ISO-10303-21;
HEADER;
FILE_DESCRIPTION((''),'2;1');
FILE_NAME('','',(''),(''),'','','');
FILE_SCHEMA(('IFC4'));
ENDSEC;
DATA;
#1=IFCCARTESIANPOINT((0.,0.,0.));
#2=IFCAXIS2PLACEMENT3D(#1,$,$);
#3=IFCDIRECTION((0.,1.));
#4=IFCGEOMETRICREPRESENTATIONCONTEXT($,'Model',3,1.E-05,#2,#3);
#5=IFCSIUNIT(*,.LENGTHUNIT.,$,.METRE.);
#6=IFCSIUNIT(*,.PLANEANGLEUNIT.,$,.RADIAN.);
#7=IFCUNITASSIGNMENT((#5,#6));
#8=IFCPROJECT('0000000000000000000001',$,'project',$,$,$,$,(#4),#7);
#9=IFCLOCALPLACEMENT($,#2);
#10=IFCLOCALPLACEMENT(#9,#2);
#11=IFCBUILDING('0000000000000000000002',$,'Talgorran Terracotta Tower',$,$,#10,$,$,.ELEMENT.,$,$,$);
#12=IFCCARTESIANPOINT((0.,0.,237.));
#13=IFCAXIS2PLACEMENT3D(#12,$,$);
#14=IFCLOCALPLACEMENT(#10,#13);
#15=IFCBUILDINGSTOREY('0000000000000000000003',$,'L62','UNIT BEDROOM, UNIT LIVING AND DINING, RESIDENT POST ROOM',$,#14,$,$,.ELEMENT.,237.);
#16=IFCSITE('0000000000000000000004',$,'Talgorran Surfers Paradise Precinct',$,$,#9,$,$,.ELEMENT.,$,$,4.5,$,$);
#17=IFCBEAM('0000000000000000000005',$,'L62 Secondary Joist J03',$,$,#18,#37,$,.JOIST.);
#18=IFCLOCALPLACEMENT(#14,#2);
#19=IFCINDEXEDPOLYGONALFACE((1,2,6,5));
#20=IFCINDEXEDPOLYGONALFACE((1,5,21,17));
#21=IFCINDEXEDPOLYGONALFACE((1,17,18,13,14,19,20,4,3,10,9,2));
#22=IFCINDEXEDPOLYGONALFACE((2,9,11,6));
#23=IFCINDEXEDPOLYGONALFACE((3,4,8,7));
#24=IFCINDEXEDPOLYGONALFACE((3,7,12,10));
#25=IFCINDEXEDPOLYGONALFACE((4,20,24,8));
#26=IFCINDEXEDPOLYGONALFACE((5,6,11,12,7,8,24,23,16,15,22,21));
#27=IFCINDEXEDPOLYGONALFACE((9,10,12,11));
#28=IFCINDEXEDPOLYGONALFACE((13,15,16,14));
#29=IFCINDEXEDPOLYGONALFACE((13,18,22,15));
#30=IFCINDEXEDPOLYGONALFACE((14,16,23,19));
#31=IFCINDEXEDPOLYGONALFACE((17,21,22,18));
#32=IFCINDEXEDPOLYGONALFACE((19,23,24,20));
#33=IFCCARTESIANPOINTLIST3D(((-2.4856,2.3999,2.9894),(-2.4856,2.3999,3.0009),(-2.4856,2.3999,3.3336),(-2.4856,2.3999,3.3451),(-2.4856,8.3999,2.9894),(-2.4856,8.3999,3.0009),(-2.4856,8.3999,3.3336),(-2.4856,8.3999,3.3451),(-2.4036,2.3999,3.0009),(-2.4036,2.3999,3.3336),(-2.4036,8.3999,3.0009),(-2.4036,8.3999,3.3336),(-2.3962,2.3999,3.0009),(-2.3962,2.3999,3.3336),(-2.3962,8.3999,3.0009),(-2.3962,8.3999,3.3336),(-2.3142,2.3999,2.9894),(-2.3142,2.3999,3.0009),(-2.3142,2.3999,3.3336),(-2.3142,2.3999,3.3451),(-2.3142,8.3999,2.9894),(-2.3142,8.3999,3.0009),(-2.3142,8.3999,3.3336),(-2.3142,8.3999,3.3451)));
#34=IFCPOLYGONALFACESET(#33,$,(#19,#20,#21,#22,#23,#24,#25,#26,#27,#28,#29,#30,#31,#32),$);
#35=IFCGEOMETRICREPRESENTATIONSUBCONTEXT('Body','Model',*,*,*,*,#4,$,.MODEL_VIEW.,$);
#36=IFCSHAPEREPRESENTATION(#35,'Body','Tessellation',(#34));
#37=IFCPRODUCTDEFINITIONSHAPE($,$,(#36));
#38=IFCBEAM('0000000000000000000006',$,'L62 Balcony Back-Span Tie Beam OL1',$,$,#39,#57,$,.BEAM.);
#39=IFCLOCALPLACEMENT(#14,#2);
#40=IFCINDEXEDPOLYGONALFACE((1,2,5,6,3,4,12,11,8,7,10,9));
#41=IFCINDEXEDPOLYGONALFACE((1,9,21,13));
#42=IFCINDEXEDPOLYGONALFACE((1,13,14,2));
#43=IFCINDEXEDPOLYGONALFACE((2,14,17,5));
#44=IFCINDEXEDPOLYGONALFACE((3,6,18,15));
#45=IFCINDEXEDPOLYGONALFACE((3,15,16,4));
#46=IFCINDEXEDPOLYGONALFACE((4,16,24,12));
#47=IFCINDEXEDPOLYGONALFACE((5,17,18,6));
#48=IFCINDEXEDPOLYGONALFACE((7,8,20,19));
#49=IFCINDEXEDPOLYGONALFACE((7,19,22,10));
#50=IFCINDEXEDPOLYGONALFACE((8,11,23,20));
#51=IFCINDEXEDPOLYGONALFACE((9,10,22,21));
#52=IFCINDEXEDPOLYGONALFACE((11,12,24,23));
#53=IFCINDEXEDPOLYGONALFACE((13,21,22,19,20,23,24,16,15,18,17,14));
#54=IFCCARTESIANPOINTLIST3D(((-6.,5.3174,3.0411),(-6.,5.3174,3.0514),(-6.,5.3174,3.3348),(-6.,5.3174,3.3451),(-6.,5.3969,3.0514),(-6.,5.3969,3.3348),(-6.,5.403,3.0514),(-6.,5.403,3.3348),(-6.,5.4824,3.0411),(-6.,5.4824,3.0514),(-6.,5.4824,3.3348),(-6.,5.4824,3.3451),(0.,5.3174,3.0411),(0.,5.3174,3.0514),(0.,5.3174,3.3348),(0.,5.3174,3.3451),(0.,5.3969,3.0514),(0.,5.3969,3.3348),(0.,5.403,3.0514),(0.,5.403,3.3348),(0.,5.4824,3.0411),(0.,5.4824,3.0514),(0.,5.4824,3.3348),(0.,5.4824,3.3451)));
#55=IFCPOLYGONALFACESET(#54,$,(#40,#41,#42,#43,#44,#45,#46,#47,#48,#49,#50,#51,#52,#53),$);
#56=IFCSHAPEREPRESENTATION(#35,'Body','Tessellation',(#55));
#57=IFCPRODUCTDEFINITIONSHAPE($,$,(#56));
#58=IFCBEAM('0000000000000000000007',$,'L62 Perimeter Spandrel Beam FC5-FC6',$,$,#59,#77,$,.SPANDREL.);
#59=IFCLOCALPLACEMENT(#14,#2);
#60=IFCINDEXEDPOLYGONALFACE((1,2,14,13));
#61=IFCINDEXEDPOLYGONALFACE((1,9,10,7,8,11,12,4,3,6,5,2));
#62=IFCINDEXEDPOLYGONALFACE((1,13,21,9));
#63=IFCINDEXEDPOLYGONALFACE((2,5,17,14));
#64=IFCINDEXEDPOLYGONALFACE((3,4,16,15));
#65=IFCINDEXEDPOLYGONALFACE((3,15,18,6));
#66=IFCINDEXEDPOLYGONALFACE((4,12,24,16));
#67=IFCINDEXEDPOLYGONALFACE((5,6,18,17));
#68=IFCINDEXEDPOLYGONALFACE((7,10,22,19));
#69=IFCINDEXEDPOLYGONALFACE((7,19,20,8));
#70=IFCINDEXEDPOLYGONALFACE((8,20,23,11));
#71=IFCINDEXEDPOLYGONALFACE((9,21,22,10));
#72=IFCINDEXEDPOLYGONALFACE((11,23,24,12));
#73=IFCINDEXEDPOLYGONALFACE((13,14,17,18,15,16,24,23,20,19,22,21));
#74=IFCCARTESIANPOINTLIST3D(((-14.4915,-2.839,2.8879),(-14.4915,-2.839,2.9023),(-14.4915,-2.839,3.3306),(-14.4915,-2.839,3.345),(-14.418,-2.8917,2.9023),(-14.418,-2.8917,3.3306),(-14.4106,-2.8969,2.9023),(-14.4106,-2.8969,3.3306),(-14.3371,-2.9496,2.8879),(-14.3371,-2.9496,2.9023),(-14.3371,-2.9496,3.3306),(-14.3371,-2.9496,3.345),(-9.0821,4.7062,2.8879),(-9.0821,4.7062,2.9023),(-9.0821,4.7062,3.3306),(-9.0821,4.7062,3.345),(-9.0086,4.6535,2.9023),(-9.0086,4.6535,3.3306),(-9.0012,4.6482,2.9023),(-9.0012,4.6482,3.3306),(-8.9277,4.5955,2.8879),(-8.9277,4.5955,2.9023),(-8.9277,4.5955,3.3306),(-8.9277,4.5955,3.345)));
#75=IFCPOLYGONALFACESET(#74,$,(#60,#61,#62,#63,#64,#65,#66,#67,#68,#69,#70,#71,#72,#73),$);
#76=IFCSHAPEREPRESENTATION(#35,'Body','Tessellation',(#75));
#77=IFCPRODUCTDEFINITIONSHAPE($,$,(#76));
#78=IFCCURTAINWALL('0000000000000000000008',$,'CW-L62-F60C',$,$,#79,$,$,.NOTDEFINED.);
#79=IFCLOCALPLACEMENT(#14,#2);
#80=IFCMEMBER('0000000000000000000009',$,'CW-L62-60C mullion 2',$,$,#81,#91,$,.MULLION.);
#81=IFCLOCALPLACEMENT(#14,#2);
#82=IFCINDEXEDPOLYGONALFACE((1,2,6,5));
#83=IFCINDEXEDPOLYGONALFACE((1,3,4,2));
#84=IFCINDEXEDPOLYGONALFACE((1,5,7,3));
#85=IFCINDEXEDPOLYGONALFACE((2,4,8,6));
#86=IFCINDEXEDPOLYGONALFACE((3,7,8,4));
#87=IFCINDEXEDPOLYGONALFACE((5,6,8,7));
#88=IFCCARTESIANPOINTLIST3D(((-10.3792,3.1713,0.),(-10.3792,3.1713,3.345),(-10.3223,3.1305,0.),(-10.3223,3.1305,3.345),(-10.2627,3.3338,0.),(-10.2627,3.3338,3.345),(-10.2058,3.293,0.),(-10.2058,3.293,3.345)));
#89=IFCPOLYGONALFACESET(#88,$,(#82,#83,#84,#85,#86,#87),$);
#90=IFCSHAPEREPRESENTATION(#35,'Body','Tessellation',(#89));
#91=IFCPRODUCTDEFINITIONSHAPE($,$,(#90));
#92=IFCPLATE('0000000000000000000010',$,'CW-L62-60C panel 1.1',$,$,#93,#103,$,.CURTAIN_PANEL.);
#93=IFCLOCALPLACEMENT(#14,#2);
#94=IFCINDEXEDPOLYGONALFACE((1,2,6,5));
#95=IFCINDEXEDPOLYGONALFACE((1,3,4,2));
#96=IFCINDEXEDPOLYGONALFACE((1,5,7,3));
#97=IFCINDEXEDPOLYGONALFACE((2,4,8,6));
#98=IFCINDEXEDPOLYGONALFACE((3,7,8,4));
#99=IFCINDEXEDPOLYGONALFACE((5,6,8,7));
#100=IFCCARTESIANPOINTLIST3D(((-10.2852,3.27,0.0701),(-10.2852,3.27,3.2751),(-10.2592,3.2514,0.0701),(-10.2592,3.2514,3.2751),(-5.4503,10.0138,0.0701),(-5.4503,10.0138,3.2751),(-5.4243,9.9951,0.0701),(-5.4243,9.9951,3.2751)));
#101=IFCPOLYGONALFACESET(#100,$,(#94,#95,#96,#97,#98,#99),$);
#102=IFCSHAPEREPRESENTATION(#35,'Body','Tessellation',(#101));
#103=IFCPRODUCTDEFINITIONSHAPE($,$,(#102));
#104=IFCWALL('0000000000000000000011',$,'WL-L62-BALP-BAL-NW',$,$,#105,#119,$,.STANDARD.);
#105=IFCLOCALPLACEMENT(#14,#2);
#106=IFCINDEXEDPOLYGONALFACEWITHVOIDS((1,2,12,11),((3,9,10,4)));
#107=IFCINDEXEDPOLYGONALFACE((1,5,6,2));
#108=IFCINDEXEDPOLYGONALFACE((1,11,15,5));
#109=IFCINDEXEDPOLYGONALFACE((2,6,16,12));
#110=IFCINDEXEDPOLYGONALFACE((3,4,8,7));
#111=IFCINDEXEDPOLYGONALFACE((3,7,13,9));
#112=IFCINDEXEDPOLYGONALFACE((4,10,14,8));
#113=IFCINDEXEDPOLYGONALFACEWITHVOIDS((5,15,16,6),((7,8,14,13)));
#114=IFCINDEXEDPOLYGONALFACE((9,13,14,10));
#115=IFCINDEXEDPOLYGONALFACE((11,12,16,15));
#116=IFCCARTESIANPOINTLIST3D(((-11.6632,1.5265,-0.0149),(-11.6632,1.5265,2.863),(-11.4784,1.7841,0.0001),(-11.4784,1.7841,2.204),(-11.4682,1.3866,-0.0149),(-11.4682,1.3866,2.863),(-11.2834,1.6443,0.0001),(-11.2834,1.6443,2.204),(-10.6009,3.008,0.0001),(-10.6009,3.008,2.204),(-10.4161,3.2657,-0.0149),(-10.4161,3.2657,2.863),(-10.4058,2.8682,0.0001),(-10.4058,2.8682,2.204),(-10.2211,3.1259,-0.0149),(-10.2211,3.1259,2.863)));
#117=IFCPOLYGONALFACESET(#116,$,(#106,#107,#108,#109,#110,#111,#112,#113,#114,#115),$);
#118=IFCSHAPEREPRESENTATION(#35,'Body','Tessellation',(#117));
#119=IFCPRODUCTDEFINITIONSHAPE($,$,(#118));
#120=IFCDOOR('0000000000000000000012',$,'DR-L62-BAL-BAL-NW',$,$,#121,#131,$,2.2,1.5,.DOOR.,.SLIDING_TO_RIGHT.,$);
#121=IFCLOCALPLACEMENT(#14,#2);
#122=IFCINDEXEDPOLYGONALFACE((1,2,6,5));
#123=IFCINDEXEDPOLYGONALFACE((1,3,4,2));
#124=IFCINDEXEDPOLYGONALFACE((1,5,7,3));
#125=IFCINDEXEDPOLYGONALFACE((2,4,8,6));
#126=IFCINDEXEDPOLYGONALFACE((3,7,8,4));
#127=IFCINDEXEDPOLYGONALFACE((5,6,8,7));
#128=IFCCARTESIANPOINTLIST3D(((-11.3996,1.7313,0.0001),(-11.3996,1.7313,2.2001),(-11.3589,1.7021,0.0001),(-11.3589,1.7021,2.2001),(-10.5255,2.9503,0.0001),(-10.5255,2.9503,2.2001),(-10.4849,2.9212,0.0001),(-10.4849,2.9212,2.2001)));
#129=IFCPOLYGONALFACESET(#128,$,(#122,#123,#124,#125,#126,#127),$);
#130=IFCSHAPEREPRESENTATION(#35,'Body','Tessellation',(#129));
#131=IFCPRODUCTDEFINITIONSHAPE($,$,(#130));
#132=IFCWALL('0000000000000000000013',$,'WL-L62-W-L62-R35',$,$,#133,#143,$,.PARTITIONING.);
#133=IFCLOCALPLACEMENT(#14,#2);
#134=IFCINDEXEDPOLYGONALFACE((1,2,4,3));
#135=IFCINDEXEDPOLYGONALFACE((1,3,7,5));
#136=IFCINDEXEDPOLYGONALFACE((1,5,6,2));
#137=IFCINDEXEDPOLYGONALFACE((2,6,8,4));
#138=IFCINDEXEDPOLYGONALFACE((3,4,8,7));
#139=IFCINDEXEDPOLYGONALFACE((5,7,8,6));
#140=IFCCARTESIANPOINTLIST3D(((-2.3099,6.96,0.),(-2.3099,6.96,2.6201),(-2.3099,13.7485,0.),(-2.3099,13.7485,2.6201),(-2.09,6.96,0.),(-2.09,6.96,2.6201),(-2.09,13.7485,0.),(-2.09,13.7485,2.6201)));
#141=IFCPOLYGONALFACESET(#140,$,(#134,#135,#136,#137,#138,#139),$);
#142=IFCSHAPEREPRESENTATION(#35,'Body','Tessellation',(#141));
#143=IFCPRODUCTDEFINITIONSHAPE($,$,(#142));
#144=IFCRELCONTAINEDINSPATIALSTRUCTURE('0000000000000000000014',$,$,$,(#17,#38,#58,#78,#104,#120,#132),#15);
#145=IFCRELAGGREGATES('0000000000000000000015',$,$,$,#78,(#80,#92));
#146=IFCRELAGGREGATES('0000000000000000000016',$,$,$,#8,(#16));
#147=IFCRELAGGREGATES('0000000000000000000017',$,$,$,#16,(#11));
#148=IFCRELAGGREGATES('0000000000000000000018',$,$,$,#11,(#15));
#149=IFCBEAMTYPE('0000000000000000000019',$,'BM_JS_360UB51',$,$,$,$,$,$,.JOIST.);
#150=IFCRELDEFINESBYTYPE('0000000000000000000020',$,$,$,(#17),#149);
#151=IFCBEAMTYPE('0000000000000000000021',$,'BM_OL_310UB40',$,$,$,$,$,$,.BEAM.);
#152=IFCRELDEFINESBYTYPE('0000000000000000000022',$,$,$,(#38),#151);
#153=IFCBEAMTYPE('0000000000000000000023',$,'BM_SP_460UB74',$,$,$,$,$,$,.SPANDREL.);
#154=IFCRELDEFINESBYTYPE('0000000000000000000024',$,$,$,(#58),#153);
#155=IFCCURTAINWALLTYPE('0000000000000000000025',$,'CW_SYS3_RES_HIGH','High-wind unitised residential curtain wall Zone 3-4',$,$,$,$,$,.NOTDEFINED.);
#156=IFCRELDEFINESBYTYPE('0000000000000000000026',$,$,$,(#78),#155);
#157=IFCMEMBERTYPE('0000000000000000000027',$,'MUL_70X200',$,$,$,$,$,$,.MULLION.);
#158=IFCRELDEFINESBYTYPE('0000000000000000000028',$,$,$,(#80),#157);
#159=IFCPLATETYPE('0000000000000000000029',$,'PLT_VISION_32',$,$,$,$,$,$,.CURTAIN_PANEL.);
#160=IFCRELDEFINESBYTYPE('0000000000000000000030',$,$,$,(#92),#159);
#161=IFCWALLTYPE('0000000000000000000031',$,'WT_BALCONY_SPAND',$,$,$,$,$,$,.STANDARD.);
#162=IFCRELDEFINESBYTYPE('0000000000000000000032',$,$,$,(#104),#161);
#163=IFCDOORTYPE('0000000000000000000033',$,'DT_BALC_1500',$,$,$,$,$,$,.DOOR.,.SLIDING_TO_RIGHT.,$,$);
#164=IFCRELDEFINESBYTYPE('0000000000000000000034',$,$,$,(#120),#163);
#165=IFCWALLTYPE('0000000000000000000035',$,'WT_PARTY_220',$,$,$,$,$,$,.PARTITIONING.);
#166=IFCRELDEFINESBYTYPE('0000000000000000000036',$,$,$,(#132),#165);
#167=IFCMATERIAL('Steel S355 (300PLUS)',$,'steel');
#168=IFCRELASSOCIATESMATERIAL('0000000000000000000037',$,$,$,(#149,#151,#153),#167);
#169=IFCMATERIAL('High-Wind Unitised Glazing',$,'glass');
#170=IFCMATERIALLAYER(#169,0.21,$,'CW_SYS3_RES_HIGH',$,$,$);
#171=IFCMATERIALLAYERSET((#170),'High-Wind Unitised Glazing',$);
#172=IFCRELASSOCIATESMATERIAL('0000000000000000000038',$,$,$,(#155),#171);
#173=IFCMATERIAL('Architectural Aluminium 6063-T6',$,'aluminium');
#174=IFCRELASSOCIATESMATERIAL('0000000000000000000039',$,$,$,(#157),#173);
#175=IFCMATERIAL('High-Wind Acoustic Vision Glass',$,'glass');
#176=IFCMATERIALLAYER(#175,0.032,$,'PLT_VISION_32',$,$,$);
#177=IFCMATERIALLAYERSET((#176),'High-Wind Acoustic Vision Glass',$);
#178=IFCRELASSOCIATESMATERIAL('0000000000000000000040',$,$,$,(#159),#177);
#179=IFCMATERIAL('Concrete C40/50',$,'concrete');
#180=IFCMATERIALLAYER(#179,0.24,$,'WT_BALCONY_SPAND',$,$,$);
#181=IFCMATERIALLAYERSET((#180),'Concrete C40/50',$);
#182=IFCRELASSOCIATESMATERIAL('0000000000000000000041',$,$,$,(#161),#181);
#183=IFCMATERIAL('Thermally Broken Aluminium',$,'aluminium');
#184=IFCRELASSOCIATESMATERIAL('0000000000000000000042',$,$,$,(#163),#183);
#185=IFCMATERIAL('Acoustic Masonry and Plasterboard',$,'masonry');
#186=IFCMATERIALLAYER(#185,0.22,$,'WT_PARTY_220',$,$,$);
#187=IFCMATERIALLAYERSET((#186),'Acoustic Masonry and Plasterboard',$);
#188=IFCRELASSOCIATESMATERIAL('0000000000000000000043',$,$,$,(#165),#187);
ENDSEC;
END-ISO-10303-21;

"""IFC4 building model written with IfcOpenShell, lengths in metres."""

from ifc_helpers import new_model, si_unit, direction, frame, frame_2d, origin, origin_2d, place, context, subcontext, project, spatial, rectangle, i_section, extrude, source, transform, mapped, material, layer, layer_set, material_profile, profile_set, type_object, type_shapes, element, fill, aggregate, save


model = new_model("IFC4")

# Units and contexts
model_context = context("Model", 3, precision=1e-05, world=origin(), true_north=direction((0.0, 1.0)))
body_context = subcontext(model_context, "Body", "Model", "MODEL_VIEW")
ifc_project = project(units=[si_unit("LENGTHUNIT", "METRE"), si_unit("PLANEANGLEUNIT", "RADIAN")], contexts=[model_context])

# Site, building, storey
site_placement = place(None, origin())
site = spatial("IfcSite", under=ifc_project, at=site_placement, Name="Talgorran Surfers Paradise Precinct", CompositionType="ELEMENT", RefElevation=4.5)
building_placement = place(site_placement, origin())
building = spatial("IfcBuilding", under=site, at=building_placement, Name="Talgorran Terracotta Tower", CompositionType="ELEMENT")
storey_placement = place(building_placement, frame((0.0, 0.0, 237.0)))
storey = spatial("IfcBuildingStorey", under=building, at=storey_placement, Name="L62", Description="UNIT BEDROOM, UNIT LIVING AND DINING, RESIDENT POST ROOM", CompositionType="ELEMENT", Elevation=237.0)

# Shared definitions
ifc_material_1 = material(Name="Steel S355 (300PLUS)", Category="steel")

# Beams
ifc_material_profile_1 = material_profile(ifc_material_1, i_section(OverallWidth=0.1714, OverallDepth=0.3557, WebThickness=0.0073, FlangeThickness=0.0115, at=origin_2d()), Name="360UB50.7")
ifc_profile_set_1 = profile_set([ifc_material_profile_1], Name="Steel S355 (300PLUS)")
beam_type_1 = type_object("IfcBeamType", Name="BM_JS_360UB51", PredefinedType="JOIST", material=ifc_profile_set_1)
beam_1_placement = place(storey_placement, frame((-2.3999, 2.3999, 3.1672), z_axis=(0.0, 1.0, 0.0), x_axis=(-1.0, 0.0, 0.0)))
element("IfcBeam", 1, at=beam_1_placement, inside=storey, type_object=beam_type_1, Name="L62 Secondary Joist J03", PredefinedType="JOIST", context=body_context, shape_type="SweptSolid", body=[
    extrude(i_section(OverallWidth=0.1714, OverallDepth=0.3557, WebThickness=0.0073, FlangeThickness=0.0115, at=origin_2d()), origin(), (0.0, 0.0, 1.0), 6.0),
])
ifc_material_profile_2 = material_profile(ifc_material_1, i_section(OverallWidth=0.165, OverallDepth=0.304, WebThickness=0.0061, FlangeThickness=0.0103, at=origin_2d()), Name="310UB40.4")
ifc_profile_set_2 = profile_set([ifc_material_profile_2], Name="Steel S355 (300PLUS)")
beam_type_2 = type_object("IfcBeamType", Name="BM_OL_310UB40", PredefinedType="BEAM", material=ifc_profile_set_2)
beam_2_placement = place(storey_placement, frame((-6.0, 5.3999, 3.1931), z_axis=(1.0, 0.0, 0.0), x_axis=(0.0, 1.0, 0.0)))
element("IfcBeam", 2, at=beam_2_placement, inside=storey, type_object=beam_type_2, Name="L62 Balcony Back-Span Tie Beam OL1", PredefinedType="BEAM", context=body_context, shape_type="SweptSolid", body=[
    extrude(i_section(OverallWidth=0.165, OverallDepth=0.304, WebThickness=0.0061, FlangeThickness=0.0103, at=origin_2d()), origin(), (0.0, 0.0, 1.0), 6.0),
])
ifc_material_profile_3 = material_profile(ifc_material_1, i_section(OverallWidth=0.1899, OverallDepth=0.457, WebThickness=0.009, FlangeThickness=0.0144, at=origin_2d()), Name="460UB74.6")
ifc_profile_set_3 = profile_set([ifc_material_profile_3], Name="Steel S355 (300PLUS)")
beam_type_3 = type_object("IfcBeamType", Name="BM_SP_460UB74", PredefinedType="SPANDREL", material=ifc_profile_set_3)
beam_3_placement = place(storey_placement, frame((-9.0049, 4.6509, 3.1165), z_axis=(-0.582665, -0.812712, 0.0), x_axis=(0.812712, -0.582665, 0.0)))
element("IfcBeam", 3, at=beam_3_placement, inside=storey, type_object=beam_type_3, Name="L62 Perimeter Spandrel Beam FC5-FC6", PredefinedType="SPANDREL", context=body_context, shape_type="SweptSolid", body=[
    extrude(i_section(OverallWidth=0.1899, OverallDepth=0.457, WebThickness=0.009, FlangeThickness=0.0144, at=origin_2d()), origin(), (0.0, 0.0, 1.0), 9.2839),
])

# Curtain wall, member, plate
ifc_material_2 = material(Name="High-Wind Unitised Glazing", Category="glass")
ifc_layer_1 = layer(ifc_material_2, 0.21, Name="CW_SYS3_RES_HIGH")
ifc_layer_set_1 = layer_set([ifc_layer_1], Name="High-Wind Unitised Glazing")
curtain_wall_type = type_object("IfcCurtainWallType", Name="CW_SYS3_RES_HIGH", Description="High-wind unitised residential curtain wall Zone 3-4", PredefinedType="NOTDEFINED", material=ifc_layer_set_1)
curtain_wall_placement = place(storey_placement, origin())
curtain_wall = element("IfcCurtainWall", 4, at=curtain_wall_placement, inside=storey, type_object=curtain_wall_type, Name="CW-L62-F60C", PredefinedType="NOTDEFINED")
ifc_material_3 = material(Name="Architectural Aluminium 6063-T6", Category="aluminium")
ifc_material_profile_4 = material_profile(ifc_material_3, rectangle(XDim=0.0701, YDim=0.2, at=origin_2d()), Name="CWM70X200")
ifc_profile_set_4 = profile_set([ifc_material_profile_4], Name="Architectural Aluminium 6063-T6")
member_type = type_object("IfcMemberType", Name="MUL_70X200", PredefinedType="MULLION", material=ifc_profile_set_4)
member_placement = place(storey_placement, frame((-10.2925, 3.2322, 0.0), z_axis=(0.0, 0.0, 1.0), x_axis=(0.812713, -0.582664, 0.0)))
member = element("IfcMember", 5, at=member_placement, type_object=member_type, Name="CW-L62-60C mullion 2", PredefinedType="MULLION", context=body_context, shape_type="SweptSolid", body=[
    extrude(rectangle(XDim=0.0701, YDim=0.2, at=origin_2d()), origin(), (0.0, 0.0, 1.0), 3.345),
])
ifc_material_4 = material(Name="High-Wind Acoustic Vision Glass", Category="glass")
ifc_layer_2 = layer(ifc_material_4, 0.032, Name="PLT_VISION_32")
ifc_layer_set_2 = layer_set([ifc_layer_2], Name="High-Wind Acoustic Vision Glass")
plate_type = type_object("IfcPlateType", Name="PLT_VISION_32", PredefinedType="CURTAIN_PANEL", material=ifc_layer_set_2)
shared_shape = source(origin(), body_context, "Body", "SweptSolid", [
    extrude(rectangle(XDim=8.2979, YDim=0.032, at=origin_2d()), origin(), (0.0, 0.0, 1.0), 3.2051),
])
type_shapes(plate_type, [shared_shape])
plate_placement = place(storey_placement, frame((-7.8547, 6.6326, 0.0701), z_axis=(0.0, 0.0, 1.0), x_axis=(-0.582664, -0.812713, 0.0)))
plate = element("IfcPlate", 6, at=plate_placement, type_object=plate_type, Name="CW-L62-60C panel 1.1", PredefinedType="CURTAIN_PANEL", context=body_context, shape_type="MappedRepresentation", body=[
    mapped(shared_shape, transform((0.0, 0.0, 0.0), scale=1.0)),
])
aggregate(curtain_wall, [member, plate])

# Wall, opening, door
ifc_material_5 = material(Name="Concrete C40/50", Category="concrete")
ifc_layer_3 = layer(ifc_material_5, 0.24, Name="WT_BALCONY_SPAND")
ifc_layer_set_3 = layer_set([ifc_layer_3], Name="Concrete C40/50")
wall_type_1 = type_object("IfcWallType", Name="WT_BALCONY_SPAND", PredefinedType="STANDARD", material=ifc_layer_set_3)
wall_1_placement = place(storey_placement, frame((-10.3186, 3.1958, -0.0149), z_axis=(0.0, 0.0, 1.0), x_axis=(-0.582705, -0.812684, 0.0)))
wall_1 = element("IfcWall", 7, at=wall_1_placement, inside=storey, type_object=wall_type_1, Name="WL-L62-BALP-BAL-NW", PredefinedType="STANDARD", context=body_context, shape_type="SweptSolid", body=[
    extrude(rectangle(XDim=2.1401, YDim=0.24, at=frame_2d((1.0701, 0.0))), origin(), (0.0, 0.0, 1.0), 2.8779),
])
opening_1_placement = place(wall_1_placement, frame((0.3201, 0.0, 0.0149)))
opening_1 = element("IfcOpeningElement", 8, at=opening_1_placement, cuts=wall_1, PredefinedType="OPENING", context=body_context, shape_type="SweptSolid", body=[
    extrude(rectangle(XDim=1.506, YDim=2.204, at=frame_2d((0.75, 1.1021))), frame((0.0, 0.1299, 0.0), z_axis=(0.0, -1.0, 0.0), x_axis=(1.0, 0.0, 0.0)), (0.0, 0.0, 1.0), 0.26),
])
ifc_material_6 = material(Name="Thermally Broken Aluminium", Category="aluminium")
door_type_1 = type_object("IfcDoorType", Name="DT_BALC_1500", OperationType="SLIDING_TO_RIGHT", PredefinedType="DOOR", material=ifc_material_6)
door_1_placement = place(opening_1_placement, origin())
door_1 = element("IfcDoor", 9, at=door_1_placement, inside=storey, type_object=door_type_1, Name="DR-L62-BAL-BAL-NW", OperationType="SLIDING_TO_RIGHT", OverallHeight=2.2, OverallWidth=1.5, PredefinedType="DOOR", context=body_context, shape_type="SweptSolid", body=[
    extrude(rectangle(XDim=1.5, YDim=2.2, at=frame_2d((0.75, 1.1001))), frame((0.0, 0.0249, 0.0), z_axis=(0.0, -1.0, 0.0), x_axis=(1.0, 0.0, 0.0)), (0.0, 0.0, 1.0), 0.05),
])
fill(opening_1, door_1)

# Wall
ifc_material_7 = material(Name="Acoustic Masonry and Plasterboard", Category="masonry")
ifc_layer_4 = layer(ifc_material_7, 0.22, Name="WT_PARTY_220")
ifc_layer_set_4 = layer_set([ifc_layer_4], Name="Acoustic Masonry and Plasterboard")
wall_type_2 = type_object("IfcWallType", Name="WT_PARTY_220", PredefinedType="PARTITIONING", material=ifc_layer_set_4)
wall_2_placement = place(storey_placement, frame((-2.2, 6.96, 0.0), z_axis=(0.0, 0.0, 1.0), x_axis=(0.0, 1.0, 0.0)))
element("IfcWall", 10, at=wall_2_placement, inside=storey, type_object=wall_type_2, Name="WL-L62-W-L62-R35", PredefinedType="PARTITIONING", context=body_context, shape_type="SweptSolid", body=[
    extrude(rectangle(XDim=6.7886, YDim=0.22, at=frame_2d((3.3943, 0.0))), origin(), (0.0, 0.0, 1.0), 2.6201),
])

save(model, "model.ifc")
